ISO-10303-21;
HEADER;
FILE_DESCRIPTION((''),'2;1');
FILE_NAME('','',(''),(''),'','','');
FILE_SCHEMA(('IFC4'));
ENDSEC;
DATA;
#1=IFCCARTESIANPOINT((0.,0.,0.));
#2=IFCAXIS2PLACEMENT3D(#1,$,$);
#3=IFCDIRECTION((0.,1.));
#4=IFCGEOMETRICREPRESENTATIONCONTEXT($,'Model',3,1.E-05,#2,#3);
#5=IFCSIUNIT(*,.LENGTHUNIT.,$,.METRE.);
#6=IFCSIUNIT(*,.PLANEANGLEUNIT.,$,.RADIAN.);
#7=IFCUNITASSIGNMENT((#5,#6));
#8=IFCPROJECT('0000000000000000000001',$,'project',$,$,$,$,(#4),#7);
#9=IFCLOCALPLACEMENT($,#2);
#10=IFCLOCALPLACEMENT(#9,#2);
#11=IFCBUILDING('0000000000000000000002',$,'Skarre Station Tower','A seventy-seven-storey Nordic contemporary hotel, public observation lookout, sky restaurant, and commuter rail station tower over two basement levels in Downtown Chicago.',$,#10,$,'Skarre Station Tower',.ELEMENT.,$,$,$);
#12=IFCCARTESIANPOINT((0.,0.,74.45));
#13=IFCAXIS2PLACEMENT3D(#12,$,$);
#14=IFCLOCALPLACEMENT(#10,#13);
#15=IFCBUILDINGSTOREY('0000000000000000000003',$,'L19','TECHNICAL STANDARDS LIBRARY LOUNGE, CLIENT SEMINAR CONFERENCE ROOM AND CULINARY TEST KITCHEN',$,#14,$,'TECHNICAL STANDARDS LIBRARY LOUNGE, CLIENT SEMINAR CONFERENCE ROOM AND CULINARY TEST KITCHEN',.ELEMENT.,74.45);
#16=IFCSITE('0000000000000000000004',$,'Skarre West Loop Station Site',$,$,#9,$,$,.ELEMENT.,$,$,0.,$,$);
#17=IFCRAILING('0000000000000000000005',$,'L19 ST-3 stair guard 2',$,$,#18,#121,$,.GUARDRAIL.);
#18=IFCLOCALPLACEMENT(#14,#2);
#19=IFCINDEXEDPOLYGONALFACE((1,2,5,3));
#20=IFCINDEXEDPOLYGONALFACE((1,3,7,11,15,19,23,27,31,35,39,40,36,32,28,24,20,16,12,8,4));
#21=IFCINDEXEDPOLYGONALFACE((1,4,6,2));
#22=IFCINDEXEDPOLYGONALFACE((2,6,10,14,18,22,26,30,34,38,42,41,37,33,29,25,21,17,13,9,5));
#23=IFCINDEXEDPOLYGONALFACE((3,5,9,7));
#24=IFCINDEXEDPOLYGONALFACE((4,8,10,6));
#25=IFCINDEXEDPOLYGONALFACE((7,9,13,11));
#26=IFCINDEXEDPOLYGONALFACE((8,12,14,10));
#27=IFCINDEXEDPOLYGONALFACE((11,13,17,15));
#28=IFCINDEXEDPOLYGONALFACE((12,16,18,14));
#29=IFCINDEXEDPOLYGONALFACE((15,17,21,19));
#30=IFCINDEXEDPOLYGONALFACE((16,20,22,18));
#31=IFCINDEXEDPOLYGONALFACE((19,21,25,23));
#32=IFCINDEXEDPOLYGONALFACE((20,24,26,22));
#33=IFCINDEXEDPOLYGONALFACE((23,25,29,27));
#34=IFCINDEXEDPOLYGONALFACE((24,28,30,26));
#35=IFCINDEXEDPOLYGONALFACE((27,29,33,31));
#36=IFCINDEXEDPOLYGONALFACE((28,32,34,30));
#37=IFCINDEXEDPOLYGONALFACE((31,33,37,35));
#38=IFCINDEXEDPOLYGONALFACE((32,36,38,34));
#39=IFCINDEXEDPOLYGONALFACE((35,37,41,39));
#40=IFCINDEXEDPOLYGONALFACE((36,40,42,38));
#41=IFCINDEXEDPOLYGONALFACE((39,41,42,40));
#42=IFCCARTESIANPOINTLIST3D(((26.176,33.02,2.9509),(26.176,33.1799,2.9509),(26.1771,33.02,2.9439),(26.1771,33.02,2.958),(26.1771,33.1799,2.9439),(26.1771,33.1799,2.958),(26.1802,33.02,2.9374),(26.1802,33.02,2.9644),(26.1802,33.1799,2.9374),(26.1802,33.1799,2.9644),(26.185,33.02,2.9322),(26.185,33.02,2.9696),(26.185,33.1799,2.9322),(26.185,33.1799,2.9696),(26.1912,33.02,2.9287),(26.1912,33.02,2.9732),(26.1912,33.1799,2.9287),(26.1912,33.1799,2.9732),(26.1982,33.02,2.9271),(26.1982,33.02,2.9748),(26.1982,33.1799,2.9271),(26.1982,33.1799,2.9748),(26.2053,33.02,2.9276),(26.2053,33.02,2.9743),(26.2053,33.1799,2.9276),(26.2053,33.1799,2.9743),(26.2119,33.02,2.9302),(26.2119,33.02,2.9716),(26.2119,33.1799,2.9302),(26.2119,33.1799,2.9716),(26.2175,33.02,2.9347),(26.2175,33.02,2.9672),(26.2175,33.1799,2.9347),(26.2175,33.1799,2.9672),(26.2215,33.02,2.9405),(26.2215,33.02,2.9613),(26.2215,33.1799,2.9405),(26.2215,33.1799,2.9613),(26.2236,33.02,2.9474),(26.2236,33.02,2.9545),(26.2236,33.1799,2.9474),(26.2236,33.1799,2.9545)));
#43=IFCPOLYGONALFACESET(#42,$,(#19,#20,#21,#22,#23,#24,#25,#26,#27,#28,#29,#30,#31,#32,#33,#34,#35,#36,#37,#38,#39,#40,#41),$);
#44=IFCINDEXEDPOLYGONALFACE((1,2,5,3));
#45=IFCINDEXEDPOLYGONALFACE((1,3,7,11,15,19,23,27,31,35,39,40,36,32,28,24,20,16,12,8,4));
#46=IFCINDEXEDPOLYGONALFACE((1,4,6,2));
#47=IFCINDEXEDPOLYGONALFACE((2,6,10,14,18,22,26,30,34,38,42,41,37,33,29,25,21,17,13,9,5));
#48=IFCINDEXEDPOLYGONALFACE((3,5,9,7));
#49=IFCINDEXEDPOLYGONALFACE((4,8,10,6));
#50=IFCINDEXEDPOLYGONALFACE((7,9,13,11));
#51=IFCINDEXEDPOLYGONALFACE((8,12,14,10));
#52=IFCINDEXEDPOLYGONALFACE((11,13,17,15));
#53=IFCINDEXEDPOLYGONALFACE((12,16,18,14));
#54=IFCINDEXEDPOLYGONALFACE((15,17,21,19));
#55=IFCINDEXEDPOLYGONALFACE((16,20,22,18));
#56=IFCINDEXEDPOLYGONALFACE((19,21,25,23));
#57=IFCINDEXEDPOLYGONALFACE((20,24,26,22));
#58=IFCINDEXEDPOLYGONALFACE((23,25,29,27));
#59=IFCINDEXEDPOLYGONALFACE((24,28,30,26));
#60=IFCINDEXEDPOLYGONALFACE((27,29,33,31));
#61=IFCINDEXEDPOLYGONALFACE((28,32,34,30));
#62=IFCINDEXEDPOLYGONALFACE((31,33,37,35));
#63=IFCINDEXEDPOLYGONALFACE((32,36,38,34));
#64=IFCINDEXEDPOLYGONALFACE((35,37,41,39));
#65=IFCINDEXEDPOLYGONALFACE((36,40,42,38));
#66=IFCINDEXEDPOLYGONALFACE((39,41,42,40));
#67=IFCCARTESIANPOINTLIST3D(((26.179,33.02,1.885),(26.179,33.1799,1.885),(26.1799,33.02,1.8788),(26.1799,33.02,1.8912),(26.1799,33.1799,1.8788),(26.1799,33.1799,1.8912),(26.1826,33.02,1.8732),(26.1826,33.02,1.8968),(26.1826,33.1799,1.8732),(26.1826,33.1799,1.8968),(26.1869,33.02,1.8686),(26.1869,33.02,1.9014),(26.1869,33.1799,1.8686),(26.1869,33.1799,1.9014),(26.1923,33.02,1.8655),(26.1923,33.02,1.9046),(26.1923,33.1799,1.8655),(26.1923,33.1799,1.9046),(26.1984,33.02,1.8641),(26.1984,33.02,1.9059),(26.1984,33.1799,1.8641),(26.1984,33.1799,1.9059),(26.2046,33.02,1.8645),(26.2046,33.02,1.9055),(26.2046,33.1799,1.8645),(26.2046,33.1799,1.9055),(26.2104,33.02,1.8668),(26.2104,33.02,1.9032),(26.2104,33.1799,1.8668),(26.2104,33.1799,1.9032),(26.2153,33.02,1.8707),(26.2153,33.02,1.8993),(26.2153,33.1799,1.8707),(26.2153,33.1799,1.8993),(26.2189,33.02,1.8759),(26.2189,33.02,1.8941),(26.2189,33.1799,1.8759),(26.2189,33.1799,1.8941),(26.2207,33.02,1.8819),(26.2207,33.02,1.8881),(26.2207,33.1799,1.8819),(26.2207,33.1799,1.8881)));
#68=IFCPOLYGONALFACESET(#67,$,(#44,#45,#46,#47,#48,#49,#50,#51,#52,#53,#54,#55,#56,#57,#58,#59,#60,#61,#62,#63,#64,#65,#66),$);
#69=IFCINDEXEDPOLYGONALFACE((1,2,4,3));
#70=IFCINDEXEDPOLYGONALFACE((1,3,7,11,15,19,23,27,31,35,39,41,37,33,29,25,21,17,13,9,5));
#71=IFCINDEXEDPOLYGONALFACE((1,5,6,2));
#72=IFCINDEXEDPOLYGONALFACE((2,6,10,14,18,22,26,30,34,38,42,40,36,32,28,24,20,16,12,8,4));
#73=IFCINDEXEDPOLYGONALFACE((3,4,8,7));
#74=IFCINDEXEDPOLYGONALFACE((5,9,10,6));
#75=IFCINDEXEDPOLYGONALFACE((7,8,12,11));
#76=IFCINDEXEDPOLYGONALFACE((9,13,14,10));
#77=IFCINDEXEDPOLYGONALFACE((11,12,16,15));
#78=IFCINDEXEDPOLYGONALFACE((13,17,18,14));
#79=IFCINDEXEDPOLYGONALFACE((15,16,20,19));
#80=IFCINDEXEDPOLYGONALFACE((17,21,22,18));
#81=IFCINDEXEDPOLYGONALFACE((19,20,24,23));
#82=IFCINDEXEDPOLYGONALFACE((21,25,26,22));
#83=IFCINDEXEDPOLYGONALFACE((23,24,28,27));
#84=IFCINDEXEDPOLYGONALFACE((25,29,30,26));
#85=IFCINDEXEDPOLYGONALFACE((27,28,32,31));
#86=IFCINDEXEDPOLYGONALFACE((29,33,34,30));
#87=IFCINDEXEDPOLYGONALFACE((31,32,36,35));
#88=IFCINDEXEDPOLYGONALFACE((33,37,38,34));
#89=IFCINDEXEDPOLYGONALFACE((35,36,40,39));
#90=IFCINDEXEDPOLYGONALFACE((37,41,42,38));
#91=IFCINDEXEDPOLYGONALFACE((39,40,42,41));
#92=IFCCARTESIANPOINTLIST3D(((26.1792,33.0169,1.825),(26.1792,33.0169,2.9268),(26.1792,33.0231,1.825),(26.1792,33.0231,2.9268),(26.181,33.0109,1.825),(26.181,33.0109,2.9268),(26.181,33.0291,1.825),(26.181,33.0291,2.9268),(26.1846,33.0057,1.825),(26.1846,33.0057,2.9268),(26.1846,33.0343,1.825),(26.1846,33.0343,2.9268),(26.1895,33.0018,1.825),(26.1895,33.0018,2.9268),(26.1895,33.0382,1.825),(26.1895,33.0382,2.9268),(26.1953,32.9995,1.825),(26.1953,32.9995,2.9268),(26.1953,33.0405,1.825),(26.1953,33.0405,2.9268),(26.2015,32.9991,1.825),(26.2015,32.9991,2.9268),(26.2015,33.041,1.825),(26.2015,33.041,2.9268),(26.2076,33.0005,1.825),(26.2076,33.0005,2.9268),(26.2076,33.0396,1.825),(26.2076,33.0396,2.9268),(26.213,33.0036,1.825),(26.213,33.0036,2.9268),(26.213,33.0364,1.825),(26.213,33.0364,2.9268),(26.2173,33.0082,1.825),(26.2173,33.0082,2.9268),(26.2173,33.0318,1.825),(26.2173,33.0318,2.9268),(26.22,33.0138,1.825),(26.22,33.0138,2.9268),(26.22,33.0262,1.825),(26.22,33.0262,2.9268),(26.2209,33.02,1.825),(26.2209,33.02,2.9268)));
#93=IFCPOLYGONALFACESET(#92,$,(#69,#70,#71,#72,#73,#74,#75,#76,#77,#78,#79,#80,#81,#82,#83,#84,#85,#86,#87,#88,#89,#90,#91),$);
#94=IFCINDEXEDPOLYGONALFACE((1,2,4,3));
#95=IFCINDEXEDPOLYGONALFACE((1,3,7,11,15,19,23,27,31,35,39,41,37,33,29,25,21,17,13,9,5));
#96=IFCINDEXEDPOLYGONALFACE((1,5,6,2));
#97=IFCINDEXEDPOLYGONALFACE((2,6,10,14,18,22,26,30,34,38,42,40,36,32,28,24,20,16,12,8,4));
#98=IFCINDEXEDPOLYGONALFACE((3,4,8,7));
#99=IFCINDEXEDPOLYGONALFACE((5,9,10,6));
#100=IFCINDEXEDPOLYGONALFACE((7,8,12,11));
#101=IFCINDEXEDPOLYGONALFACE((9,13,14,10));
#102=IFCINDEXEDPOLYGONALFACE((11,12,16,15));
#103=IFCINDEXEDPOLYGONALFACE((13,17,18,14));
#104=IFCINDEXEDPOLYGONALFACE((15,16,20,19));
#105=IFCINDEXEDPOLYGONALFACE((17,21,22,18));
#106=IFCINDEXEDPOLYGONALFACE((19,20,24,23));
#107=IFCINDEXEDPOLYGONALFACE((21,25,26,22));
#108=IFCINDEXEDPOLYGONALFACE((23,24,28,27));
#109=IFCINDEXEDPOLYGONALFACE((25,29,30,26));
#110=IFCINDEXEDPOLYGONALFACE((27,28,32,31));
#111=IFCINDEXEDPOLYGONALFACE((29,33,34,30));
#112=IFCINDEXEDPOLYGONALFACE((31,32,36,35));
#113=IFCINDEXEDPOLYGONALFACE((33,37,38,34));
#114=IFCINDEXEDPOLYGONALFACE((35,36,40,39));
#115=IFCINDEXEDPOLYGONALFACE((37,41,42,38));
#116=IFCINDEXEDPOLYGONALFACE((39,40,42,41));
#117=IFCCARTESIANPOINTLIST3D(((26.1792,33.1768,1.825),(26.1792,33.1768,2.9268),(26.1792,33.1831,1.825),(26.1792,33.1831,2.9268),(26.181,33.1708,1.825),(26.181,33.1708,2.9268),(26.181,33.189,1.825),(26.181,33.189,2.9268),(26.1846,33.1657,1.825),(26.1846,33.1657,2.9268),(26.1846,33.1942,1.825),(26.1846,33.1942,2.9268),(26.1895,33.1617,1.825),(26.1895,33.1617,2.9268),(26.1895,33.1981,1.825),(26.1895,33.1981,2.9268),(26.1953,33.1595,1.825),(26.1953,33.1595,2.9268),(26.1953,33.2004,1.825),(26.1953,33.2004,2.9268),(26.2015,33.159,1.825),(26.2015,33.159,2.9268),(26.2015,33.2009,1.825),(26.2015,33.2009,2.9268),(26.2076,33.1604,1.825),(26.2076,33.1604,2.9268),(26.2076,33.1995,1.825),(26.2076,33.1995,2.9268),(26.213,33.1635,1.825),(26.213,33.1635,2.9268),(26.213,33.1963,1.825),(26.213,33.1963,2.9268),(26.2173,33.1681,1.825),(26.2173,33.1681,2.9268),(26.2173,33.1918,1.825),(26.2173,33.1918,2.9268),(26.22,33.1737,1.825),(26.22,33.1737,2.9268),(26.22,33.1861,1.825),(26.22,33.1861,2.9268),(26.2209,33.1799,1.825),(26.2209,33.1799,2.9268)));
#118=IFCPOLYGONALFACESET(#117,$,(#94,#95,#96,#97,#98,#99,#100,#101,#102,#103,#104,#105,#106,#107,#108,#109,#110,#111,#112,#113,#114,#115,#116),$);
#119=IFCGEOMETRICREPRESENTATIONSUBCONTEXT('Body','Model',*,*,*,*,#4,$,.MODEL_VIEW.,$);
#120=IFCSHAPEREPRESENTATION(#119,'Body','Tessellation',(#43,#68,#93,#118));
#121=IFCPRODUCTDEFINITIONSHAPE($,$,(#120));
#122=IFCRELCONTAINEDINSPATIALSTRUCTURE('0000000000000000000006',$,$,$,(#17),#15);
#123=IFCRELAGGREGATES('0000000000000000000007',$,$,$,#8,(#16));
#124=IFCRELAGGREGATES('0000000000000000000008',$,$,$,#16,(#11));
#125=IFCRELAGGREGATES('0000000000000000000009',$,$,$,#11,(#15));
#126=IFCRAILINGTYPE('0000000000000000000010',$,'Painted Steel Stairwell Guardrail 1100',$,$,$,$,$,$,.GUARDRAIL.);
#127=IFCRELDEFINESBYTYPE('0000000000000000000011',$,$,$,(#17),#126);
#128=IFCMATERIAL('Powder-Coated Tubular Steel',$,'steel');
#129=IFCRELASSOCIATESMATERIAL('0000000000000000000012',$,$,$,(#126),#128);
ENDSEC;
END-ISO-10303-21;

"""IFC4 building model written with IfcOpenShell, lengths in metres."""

from ifc_helpers import new_model, si_unit, direction, frame, origin, origin_2d, place, context, subcontext, project, spatial, circle, extrude, material, type_object, element, save


model = new_model("IFC4")

# Units and contexts
model_context = context("Model", 3, precision=1e-05, world=origin(), true_north=direction((0.0, 1.0)))
body_context = subcontext(model_context, "Body", "Model", "MODEL_VIEW")
ifc_project = project(units=[si_unit("LENGTHUNIT", "METRE"), si_unit("PLANEANGLEUNIT", "RADIAN")], contexts=[model_context])

# Site, building, storey
site_placement = place(None, origin())
site = spatial("IfcSite", under=ifc_project, at=site_placement, Name="Skarre West Loop Station Site", CompositionType="ELEMENT", RefElevation=0.0)
building_placement = place(site_placement, origin())
building = spatial("IfcBuilding", under=site, at=building_placement, Name="Skarre Station Tower", Description="A seventy-seven-storey Nordic contemporary hotel, public observation lookout, sky restaurant, and commuter rail station tower over two basement levels in Downtown Chicago.", LongName="Skarre Station Tower", CompositionType="ELEMENT")
storey_placement = place(building_placement, frame((0.0, 0.0, 74.45)))
storey = spatial("IfcBuildingStorey", under=building, at=storey_placement, Name="L19", Description="TECHNICAL STANDARDS LIBRARY LOUNGE, CLIENT SEMINAR CONFERENCE ROOM AND CULINARY TEST KITCHEN", LongName="TECHNICAL STANDARDS LIBRARY LOUNGE, CLIENT SEMINAR CONFERENCE ROOM AND CULINARY TEST KITCHEN", CompositionType="ELEMENT", Elevation=74.45)

# Railing
ifc_material_1 = material(Name="Powder-Coated Tubular Steel", Category="steel")
railing_type_1 = type_object("IfcRailingType", Name="Painted Steel Stairwell Guardrail 1100", PredefinedType="GUARDRAIL", material=ifc_material_1)
railing_1_placement = place(storey_placement, frame((26.2, 33.02, 1.825)))
element("IfcRailing", 1, at=railing_1_placement, inside=storey, type_object=railing_type_1, Name="L19 ST-3 stair guard 2", PredefinedType="GUARDRAIL", context=body_context, shape_type="SweptSolid", body=[
    extrude(circle(Radius=0.0239, at=origin_2d()), frame((0.0, 0.0, 1.126), z_axis=(0.0, 1.0, 0.0), x_axis=(-1.0, 0.0, 0.0)), (0.0, 0.0, 1.0), 0.1599),
    extrude(circle(Radius=0.021, at=origin_2d()), frame((0.0, 0.0, 0.0601), z_axis=(0.0, 1.0, 0.0), x_axis=(-1.0, 0.0, 0.0)), (0.0, 0.0, 1.0), 0.1599),
    extrude(circle(Radius=0.021, at=origin_2d()), origin(), (0.0, 0.0, 1.0), 1.1018),
    extrude(circle(Radius=0.021, at=origin_2d()), frame((0.0, 0.1599, 0.0)), (0.0, 0.0, 1.0), 1.1018),
])

save(model, "model.ifc")
